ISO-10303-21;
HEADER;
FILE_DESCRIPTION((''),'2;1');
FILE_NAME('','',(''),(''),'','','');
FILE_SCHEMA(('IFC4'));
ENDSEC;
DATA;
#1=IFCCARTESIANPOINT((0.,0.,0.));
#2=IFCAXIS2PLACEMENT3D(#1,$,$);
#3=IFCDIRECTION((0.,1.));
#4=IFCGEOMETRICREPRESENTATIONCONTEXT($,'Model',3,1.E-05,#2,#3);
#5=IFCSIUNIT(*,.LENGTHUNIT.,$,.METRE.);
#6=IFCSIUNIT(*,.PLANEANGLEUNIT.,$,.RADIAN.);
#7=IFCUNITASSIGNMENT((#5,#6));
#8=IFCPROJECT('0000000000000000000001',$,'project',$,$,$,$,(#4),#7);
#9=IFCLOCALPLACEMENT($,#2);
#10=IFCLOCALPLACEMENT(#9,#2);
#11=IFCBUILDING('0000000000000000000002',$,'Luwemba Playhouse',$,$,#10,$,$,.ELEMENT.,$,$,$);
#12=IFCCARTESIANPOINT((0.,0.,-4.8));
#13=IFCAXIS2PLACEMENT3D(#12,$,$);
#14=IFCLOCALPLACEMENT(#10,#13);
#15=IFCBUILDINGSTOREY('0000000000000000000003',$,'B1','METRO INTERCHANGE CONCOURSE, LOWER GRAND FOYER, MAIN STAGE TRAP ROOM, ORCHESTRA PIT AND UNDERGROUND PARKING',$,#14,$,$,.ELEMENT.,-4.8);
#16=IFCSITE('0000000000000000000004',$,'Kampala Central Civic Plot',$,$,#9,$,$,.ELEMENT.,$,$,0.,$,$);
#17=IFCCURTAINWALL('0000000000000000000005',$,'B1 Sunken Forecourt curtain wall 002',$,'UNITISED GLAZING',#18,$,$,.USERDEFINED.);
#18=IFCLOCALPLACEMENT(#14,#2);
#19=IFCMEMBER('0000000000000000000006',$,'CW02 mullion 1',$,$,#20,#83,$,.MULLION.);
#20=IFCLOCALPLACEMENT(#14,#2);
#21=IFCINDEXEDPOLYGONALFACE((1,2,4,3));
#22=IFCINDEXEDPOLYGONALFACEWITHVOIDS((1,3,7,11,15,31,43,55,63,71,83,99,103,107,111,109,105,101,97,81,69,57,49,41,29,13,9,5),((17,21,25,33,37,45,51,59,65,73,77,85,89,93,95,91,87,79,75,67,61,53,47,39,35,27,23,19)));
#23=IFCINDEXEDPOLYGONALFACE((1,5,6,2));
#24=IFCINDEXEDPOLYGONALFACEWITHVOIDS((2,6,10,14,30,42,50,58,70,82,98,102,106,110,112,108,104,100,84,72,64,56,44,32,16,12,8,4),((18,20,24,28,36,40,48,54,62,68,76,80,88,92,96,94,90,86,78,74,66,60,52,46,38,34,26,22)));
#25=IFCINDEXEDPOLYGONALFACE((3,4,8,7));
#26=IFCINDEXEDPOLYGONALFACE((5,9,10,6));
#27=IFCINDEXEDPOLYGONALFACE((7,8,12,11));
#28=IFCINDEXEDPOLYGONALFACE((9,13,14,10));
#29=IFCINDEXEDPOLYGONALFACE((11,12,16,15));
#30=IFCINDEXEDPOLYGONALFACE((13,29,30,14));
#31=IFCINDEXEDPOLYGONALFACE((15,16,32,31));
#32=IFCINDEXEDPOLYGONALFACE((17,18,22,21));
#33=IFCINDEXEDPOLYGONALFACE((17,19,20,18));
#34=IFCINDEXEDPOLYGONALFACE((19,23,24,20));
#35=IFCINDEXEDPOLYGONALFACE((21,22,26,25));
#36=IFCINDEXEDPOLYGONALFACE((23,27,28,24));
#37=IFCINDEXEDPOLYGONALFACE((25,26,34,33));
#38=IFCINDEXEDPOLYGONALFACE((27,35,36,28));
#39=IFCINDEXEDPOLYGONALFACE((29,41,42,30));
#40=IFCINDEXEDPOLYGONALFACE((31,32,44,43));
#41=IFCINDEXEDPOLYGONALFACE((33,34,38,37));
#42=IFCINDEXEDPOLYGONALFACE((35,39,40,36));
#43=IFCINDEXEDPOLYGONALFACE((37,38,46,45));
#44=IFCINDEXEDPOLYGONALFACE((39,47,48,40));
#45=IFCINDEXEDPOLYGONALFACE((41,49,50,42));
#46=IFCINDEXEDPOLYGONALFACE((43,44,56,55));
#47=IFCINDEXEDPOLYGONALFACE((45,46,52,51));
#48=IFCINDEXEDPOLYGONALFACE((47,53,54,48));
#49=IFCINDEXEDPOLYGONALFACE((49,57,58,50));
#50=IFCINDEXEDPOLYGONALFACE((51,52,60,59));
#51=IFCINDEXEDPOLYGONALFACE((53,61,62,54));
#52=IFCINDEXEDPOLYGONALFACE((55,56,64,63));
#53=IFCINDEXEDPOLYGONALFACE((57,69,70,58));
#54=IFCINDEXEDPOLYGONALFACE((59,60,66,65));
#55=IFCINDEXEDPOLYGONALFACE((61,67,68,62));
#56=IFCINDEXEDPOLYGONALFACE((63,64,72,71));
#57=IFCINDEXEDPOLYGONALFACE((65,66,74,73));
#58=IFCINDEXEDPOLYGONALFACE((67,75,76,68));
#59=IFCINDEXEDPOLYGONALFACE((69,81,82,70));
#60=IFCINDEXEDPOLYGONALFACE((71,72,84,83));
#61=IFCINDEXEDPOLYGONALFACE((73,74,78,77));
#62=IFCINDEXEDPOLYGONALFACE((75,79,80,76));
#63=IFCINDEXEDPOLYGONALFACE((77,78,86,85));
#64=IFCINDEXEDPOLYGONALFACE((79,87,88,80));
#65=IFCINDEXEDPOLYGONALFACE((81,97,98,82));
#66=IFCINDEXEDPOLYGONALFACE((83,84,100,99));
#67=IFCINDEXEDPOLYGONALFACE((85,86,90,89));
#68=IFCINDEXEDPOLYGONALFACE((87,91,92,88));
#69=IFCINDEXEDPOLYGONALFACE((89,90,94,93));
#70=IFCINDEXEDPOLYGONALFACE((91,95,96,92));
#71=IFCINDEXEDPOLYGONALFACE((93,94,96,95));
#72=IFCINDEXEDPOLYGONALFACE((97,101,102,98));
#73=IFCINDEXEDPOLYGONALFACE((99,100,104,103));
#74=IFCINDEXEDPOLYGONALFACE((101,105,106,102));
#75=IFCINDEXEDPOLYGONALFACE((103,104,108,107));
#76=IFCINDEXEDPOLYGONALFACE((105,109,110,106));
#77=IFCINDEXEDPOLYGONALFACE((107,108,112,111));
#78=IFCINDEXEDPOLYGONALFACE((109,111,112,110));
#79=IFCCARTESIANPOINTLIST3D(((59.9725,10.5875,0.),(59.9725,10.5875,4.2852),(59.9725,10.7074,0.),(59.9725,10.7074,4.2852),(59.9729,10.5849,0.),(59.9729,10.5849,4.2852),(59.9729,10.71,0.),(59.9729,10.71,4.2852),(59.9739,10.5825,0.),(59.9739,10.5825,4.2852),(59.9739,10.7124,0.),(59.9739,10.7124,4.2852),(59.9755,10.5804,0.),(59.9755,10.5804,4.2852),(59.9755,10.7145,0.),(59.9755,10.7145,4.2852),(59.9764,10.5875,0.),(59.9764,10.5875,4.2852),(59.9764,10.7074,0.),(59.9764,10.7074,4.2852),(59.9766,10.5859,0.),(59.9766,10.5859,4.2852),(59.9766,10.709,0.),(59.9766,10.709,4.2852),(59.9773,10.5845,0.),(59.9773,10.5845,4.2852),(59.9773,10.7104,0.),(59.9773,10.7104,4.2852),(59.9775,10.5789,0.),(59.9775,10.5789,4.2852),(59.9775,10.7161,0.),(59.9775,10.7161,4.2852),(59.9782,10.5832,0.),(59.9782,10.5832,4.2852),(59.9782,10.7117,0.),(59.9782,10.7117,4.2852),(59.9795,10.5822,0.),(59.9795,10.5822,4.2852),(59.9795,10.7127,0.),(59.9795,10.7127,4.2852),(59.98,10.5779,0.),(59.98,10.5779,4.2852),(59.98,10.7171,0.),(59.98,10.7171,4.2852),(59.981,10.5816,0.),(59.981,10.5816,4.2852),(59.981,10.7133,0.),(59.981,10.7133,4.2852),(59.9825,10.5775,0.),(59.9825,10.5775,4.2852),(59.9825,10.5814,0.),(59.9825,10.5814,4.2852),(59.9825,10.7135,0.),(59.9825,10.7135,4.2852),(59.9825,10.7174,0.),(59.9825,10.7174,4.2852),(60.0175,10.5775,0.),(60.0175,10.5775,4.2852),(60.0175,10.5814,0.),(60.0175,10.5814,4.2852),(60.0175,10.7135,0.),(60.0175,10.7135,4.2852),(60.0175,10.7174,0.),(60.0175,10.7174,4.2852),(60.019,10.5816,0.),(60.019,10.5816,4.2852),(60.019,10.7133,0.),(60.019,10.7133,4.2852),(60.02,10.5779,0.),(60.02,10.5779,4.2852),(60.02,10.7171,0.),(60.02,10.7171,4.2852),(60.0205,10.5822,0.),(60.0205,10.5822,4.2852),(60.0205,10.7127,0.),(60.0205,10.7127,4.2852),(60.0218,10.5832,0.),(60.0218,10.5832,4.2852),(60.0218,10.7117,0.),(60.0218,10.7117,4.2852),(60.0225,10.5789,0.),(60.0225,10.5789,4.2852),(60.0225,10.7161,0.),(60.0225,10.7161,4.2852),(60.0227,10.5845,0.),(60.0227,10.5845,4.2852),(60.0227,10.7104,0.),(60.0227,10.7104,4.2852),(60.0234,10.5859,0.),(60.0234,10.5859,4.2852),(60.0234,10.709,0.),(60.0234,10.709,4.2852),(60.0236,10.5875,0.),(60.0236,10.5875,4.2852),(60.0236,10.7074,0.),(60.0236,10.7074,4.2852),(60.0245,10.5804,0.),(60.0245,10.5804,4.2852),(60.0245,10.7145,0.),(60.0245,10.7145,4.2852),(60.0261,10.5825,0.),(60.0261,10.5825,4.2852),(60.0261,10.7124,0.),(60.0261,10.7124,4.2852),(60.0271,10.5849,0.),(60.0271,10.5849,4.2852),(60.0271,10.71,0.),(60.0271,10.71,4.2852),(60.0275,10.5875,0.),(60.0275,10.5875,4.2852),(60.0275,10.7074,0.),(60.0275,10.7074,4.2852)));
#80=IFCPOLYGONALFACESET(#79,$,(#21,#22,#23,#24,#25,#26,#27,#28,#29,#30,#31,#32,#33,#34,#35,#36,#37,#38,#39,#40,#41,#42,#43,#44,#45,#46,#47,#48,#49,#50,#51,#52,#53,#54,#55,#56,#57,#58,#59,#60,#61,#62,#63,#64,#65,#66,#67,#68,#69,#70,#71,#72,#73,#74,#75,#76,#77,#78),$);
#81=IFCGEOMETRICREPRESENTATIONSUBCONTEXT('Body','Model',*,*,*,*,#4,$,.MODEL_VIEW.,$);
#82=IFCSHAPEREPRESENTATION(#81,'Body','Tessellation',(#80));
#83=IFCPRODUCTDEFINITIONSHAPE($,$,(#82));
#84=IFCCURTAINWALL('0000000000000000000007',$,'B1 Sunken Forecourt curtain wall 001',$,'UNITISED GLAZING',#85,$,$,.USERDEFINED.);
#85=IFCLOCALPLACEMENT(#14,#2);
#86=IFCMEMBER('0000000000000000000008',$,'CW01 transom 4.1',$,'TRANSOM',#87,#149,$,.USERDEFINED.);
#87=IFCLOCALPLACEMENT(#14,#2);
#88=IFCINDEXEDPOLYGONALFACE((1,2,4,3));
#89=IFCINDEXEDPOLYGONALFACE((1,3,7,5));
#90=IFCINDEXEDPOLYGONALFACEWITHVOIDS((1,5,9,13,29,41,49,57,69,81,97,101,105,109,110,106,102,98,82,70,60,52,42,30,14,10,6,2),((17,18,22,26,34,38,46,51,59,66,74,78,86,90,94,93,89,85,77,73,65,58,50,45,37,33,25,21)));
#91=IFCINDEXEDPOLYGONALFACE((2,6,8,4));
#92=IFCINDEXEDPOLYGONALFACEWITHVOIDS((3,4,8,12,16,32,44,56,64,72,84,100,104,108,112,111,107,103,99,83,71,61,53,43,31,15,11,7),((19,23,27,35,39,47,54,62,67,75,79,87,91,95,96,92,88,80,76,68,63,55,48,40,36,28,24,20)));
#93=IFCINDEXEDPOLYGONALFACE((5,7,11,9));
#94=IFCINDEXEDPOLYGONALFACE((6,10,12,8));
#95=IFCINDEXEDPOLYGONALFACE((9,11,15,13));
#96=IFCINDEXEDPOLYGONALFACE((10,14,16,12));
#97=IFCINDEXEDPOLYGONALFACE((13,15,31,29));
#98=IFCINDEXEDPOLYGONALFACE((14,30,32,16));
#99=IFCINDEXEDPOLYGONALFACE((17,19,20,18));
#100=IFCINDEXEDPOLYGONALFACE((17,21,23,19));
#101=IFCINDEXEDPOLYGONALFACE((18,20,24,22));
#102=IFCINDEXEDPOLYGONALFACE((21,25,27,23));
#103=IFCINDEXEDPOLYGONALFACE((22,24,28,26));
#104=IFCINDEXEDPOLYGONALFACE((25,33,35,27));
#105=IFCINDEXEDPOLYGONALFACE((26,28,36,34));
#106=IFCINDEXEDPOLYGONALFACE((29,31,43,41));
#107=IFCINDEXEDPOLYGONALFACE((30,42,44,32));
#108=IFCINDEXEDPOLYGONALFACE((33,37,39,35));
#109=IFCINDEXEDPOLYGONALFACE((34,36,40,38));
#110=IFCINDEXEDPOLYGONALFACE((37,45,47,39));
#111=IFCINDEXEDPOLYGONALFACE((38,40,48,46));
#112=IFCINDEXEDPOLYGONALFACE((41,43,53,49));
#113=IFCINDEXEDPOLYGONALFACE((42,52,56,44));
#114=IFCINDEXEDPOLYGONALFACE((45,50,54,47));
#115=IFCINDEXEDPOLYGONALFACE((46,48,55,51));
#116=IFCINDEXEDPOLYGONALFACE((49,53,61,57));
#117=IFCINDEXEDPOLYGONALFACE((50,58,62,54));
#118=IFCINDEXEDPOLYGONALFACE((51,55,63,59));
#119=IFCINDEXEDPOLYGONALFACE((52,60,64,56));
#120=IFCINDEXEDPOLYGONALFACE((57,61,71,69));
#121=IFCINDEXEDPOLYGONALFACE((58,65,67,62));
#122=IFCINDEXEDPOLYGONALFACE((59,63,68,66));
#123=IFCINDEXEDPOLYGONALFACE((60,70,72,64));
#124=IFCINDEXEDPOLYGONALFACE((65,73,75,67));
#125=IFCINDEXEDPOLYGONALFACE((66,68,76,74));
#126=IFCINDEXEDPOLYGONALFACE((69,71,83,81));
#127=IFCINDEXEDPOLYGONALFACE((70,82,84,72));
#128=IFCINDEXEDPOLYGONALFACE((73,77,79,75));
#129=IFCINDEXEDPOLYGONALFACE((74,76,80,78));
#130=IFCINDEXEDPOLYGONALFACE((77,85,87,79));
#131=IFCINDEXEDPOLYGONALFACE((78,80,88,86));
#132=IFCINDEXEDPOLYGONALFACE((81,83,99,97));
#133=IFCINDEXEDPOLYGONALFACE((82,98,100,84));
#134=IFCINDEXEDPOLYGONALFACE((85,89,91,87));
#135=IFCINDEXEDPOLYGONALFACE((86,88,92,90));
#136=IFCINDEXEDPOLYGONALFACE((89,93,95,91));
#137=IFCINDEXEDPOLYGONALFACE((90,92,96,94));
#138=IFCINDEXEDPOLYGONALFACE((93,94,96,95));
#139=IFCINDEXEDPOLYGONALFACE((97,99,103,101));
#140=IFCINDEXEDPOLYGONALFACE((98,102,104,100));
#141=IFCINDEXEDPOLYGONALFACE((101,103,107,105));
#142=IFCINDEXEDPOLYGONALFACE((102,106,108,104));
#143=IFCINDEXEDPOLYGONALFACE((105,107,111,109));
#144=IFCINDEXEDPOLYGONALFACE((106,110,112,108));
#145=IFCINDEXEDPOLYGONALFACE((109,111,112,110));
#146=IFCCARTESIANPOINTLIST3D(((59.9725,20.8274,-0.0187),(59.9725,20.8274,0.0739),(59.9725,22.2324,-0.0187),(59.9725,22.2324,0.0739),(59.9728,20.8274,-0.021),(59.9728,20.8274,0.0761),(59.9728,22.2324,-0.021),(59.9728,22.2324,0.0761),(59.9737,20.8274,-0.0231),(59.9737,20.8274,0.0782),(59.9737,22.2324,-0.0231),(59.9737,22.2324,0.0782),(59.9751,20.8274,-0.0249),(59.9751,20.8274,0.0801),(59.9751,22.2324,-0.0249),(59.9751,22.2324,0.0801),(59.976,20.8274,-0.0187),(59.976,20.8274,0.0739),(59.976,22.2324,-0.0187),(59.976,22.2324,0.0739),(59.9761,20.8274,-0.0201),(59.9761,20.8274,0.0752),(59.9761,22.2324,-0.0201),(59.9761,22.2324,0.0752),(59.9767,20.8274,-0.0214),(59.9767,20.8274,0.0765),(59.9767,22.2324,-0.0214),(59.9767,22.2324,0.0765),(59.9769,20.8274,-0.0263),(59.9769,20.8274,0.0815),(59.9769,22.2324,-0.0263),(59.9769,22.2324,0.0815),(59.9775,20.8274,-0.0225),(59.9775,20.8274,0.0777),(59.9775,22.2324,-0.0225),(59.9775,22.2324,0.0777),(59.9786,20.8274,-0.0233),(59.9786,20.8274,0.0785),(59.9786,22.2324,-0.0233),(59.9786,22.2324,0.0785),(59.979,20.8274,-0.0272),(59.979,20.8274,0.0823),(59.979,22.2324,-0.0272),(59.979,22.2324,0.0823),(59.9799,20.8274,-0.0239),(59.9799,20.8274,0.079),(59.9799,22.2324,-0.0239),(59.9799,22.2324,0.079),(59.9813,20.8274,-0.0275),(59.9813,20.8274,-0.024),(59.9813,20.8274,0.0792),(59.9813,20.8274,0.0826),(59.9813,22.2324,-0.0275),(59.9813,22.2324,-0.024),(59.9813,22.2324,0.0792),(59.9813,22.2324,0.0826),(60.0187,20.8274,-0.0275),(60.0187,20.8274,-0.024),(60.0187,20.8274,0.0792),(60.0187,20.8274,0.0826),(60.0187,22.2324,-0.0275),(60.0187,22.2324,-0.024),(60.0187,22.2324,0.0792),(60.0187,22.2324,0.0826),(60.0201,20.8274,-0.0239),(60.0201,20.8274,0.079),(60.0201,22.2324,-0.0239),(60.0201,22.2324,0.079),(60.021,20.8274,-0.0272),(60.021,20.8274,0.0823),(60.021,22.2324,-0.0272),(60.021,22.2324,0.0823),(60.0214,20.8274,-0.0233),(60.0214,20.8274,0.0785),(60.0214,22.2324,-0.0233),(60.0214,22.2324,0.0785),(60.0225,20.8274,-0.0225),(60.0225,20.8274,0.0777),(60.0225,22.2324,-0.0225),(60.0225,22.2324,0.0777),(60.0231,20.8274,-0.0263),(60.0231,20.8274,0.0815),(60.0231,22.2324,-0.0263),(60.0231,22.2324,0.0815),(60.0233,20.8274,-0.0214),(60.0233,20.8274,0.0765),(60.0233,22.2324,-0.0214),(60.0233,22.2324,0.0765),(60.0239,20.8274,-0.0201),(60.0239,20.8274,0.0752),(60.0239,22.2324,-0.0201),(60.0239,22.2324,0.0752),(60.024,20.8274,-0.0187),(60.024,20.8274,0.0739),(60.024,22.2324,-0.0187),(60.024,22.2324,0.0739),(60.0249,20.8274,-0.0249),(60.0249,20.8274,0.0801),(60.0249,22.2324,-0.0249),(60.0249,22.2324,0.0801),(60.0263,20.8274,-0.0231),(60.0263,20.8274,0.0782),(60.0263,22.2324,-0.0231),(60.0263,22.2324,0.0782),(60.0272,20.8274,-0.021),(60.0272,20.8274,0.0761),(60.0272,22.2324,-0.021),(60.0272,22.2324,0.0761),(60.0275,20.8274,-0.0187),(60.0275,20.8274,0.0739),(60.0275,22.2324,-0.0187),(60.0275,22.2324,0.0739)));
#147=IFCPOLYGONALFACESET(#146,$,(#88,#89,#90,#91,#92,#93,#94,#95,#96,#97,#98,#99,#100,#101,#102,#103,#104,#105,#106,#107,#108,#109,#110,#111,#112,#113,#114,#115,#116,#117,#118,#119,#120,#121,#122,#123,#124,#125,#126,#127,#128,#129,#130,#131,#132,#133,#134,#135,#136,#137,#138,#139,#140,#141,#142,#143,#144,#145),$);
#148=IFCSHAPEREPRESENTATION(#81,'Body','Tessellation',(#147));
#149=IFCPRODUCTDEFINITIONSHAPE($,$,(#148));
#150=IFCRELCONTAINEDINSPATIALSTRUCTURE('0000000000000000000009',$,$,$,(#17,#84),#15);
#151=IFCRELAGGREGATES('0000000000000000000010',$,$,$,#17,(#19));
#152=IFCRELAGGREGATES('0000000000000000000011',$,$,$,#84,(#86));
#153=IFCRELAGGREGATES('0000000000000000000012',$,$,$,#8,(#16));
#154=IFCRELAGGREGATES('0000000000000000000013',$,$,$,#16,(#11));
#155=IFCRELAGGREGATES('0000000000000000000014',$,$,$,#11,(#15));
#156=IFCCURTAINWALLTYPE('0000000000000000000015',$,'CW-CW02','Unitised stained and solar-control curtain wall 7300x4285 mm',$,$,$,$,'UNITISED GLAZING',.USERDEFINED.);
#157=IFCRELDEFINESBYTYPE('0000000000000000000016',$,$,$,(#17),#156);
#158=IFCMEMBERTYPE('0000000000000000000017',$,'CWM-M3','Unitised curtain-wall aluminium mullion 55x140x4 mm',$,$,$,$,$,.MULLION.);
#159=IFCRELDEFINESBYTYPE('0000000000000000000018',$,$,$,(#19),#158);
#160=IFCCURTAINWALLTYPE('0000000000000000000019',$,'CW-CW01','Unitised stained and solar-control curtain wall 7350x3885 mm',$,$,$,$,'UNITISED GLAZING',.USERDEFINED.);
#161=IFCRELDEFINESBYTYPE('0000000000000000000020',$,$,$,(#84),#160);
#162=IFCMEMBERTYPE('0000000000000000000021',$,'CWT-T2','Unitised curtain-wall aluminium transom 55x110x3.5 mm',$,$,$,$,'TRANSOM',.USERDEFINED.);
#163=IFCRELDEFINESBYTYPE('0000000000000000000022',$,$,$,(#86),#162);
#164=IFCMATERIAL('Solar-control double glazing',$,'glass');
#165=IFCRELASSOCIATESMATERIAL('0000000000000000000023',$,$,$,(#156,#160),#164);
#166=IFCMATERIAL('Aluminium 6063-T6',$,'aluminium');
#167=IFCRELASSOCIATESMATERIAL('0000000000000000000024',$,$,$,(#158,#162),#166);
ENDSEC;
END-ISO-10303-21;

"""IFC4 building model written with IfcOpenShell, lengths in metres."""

from ifc_helpers import new_model, si_unit, direction, frame, origin, origin_2d, place, context, subcontext, project, spatial, hollow_rectangle, extrude, material, material_profile, profile_set, type_object, element, aggregate, save


model = new_model("IFC4")

# Units and contexts
model_context = context("Model", 3, precision=1e-05, world=origin(), true_north=direction((0.0, 1.0)))
body_context = subcontext(model_context, "Body", "Model", "MODEL_VIEW")
ifc_project = project(units=[si_unit("LENGTHUNIT", "METRE"), si_unit("PLANEANGLEUNIT", "RADIAN")], contexts=[model_context])

# Site, building, storey
site_placement = place(None, origin())
site = spatial("IfcSite", under=ifc_project, at=site_placement, Name="Kampala Central Civic Plot", CompositionType="ELEMENT", RefElevation=0.0)
building_placement = place(site_placement, origin())
building = spatial("IfcBuilding", under=site, at=building_placement, Name="Luwemba Playhouse", CompositionType="ELEMENT")
storey_placement = place(building_placement, frame((0.0, 0.0, -4.8)))
storey = spatial("IfcBuildingStorey", under=building, at=storey_placement, Name="B1", Description="METRO INTERCHANGE CONCOURSE, LOWER GRAND FOYER, MAIN STAGE TRAP ROOM, ORCHESTRA PIT AND UNDERGROUND PARKING", CompositionType="ELEMENT", Elevation=-4.8)

# Curtain wall, member
ifc_material_1 = material(Name="Solar-control double glazing", Category="glass")
curtain_wall_type_1 = type_object("IfcCurtainWallType", Name="CW-CW02", Description="Unitised stained and solar-control curtain wall 7300x4285 mm", ElementType="UNITISED GLAZING", PredefinedType="USERDEFINED", material=ifc_material_1)
curtain_wall_1_placement = place(storey_placement, origin())
curtain_wall_1 = element("IfcCurtainWall", 1, at=curtain_wall_1_placement, inside=storey, type_object=curtain_wall_type_1, Name="B1 Sunken Forecourt curtain wall 002", ObjectType="UNITISED GLAZING", PredefinedType="USERDEFINED")
ifc_material_2 = material(Name="Aluminium 6063-T6", Category="aluminium")
ifc_material_profile_1 = material_profile(ifc_material_2, hollow_rectangle(XDim=0.0549, YDim=0.1399, WallThickness=0.0039, InnerFilletRadius=0.0061, OuterFilletRadius=0.01, at=origin_2d()))
ifc_profile_set_1 = profile_set([ifc_material_profile_1], Name="Aluminium 6063-T6")
member_type_1 = type_object("IfcMemberType", Name="CWM-M3", Description="Unitised curtain-wall aluminium mullion 55x140x4 mm", PredefinedType="MULLION", material=ifc_profile_set_1)
member_1_placement = place(storey_placement, frame((60.0, 10.6475, 0.0), z_axis=(0.0, 0.0, 1.0), x_axis=(1.0, 0.0, 0.0)))
member_1 = element("IfcMember", 2, at=member_1_placement, type_object=member_type_1, Name="CW02 mullion 1", PredefinedType="MULLION", context=body_context, shape_type="SweptSolid", body=[
    extrude(hollow_rectangle(XDim=0.0549, YDim=0.1399, WallThickness=0.0039, InnerFilletRadius=0.0061, OuterFilletRadius=0.01, at=origin_2d()), origin(), (0.0, 0.0, 1.0), 4.2852),
])

# Curtain wall, member
curtain_wall_type_2 = type_object("IfcCurtainWallType", Name="CW-CW01", Description="Unitised stained and solar-control curtain wall 7350x3885 mm", ElementType="UNITISED GLAZING", PredefinedType="USERDEFINED", material=ifc_material_1)
curtain_wall_2_placement = place(storey_placement, origin())
curtain_wall_2 = element("IfcCurtainWall", 3, at=curtain_wall_2_placement, inside=storey, type_object=curtain_wall_type_2, Name="B1 Sunken Forecourt curtain wall 001", ObjectType="UNITISED GLAZING", PredefinedType="USERDEFINED")
ifc_material_profile_2 = material_profile(ifc_material_2, hollow_rectangle(XDim=0.0549, YDim=0.1101, WallThickness=0.0034, InnerFilletRadius=0.0054, OuterFilletRadius=0.0088, at=origin_2d()))
ifc_profile_set_2 = profile_set([ifc_material_profile_2], Name="Aluminium 6063-T6")
member_type_2 = type_object("IfcMemberType", Name="CWT-T2", Description="Unitised curtain-wall aluminium transom 55x110x3.5 mm", ElementType="TRANSOM", PredefinedType="USERDEFINED", material=ifc_profile_set_2)
member_2_placement = place(storey_placement, frame((60.0, 22.2324, 0.0276), z_axis=(0.0, -1.0, 0.0), x_axis=(1.0, 0.0, 0.0)))
member_2 = element("IfcMember", 4, at=member_2_placement, type_object=member_type_2, Name="CW01 transom 4.1", ObjectType="TRANSOM", PredefinedType="USERDEFINED", context=body_context, shape_type="SweptSolid", body=[
    extrude(hollow_rectangle(XDim=0.0549, YDim=0.1101, WallThickness=0.0034, InnerFilletRadius=0.0054, OuterFilletRadius=0.0088, at=origin_2d()), origin(), (0.0, 0.0, 1.0), 1.405),
])

aggregate(curtain_wall_1, [member_1])

aggregate(curtain_wall_2, [member_2])

save(model, "model.ifc")
